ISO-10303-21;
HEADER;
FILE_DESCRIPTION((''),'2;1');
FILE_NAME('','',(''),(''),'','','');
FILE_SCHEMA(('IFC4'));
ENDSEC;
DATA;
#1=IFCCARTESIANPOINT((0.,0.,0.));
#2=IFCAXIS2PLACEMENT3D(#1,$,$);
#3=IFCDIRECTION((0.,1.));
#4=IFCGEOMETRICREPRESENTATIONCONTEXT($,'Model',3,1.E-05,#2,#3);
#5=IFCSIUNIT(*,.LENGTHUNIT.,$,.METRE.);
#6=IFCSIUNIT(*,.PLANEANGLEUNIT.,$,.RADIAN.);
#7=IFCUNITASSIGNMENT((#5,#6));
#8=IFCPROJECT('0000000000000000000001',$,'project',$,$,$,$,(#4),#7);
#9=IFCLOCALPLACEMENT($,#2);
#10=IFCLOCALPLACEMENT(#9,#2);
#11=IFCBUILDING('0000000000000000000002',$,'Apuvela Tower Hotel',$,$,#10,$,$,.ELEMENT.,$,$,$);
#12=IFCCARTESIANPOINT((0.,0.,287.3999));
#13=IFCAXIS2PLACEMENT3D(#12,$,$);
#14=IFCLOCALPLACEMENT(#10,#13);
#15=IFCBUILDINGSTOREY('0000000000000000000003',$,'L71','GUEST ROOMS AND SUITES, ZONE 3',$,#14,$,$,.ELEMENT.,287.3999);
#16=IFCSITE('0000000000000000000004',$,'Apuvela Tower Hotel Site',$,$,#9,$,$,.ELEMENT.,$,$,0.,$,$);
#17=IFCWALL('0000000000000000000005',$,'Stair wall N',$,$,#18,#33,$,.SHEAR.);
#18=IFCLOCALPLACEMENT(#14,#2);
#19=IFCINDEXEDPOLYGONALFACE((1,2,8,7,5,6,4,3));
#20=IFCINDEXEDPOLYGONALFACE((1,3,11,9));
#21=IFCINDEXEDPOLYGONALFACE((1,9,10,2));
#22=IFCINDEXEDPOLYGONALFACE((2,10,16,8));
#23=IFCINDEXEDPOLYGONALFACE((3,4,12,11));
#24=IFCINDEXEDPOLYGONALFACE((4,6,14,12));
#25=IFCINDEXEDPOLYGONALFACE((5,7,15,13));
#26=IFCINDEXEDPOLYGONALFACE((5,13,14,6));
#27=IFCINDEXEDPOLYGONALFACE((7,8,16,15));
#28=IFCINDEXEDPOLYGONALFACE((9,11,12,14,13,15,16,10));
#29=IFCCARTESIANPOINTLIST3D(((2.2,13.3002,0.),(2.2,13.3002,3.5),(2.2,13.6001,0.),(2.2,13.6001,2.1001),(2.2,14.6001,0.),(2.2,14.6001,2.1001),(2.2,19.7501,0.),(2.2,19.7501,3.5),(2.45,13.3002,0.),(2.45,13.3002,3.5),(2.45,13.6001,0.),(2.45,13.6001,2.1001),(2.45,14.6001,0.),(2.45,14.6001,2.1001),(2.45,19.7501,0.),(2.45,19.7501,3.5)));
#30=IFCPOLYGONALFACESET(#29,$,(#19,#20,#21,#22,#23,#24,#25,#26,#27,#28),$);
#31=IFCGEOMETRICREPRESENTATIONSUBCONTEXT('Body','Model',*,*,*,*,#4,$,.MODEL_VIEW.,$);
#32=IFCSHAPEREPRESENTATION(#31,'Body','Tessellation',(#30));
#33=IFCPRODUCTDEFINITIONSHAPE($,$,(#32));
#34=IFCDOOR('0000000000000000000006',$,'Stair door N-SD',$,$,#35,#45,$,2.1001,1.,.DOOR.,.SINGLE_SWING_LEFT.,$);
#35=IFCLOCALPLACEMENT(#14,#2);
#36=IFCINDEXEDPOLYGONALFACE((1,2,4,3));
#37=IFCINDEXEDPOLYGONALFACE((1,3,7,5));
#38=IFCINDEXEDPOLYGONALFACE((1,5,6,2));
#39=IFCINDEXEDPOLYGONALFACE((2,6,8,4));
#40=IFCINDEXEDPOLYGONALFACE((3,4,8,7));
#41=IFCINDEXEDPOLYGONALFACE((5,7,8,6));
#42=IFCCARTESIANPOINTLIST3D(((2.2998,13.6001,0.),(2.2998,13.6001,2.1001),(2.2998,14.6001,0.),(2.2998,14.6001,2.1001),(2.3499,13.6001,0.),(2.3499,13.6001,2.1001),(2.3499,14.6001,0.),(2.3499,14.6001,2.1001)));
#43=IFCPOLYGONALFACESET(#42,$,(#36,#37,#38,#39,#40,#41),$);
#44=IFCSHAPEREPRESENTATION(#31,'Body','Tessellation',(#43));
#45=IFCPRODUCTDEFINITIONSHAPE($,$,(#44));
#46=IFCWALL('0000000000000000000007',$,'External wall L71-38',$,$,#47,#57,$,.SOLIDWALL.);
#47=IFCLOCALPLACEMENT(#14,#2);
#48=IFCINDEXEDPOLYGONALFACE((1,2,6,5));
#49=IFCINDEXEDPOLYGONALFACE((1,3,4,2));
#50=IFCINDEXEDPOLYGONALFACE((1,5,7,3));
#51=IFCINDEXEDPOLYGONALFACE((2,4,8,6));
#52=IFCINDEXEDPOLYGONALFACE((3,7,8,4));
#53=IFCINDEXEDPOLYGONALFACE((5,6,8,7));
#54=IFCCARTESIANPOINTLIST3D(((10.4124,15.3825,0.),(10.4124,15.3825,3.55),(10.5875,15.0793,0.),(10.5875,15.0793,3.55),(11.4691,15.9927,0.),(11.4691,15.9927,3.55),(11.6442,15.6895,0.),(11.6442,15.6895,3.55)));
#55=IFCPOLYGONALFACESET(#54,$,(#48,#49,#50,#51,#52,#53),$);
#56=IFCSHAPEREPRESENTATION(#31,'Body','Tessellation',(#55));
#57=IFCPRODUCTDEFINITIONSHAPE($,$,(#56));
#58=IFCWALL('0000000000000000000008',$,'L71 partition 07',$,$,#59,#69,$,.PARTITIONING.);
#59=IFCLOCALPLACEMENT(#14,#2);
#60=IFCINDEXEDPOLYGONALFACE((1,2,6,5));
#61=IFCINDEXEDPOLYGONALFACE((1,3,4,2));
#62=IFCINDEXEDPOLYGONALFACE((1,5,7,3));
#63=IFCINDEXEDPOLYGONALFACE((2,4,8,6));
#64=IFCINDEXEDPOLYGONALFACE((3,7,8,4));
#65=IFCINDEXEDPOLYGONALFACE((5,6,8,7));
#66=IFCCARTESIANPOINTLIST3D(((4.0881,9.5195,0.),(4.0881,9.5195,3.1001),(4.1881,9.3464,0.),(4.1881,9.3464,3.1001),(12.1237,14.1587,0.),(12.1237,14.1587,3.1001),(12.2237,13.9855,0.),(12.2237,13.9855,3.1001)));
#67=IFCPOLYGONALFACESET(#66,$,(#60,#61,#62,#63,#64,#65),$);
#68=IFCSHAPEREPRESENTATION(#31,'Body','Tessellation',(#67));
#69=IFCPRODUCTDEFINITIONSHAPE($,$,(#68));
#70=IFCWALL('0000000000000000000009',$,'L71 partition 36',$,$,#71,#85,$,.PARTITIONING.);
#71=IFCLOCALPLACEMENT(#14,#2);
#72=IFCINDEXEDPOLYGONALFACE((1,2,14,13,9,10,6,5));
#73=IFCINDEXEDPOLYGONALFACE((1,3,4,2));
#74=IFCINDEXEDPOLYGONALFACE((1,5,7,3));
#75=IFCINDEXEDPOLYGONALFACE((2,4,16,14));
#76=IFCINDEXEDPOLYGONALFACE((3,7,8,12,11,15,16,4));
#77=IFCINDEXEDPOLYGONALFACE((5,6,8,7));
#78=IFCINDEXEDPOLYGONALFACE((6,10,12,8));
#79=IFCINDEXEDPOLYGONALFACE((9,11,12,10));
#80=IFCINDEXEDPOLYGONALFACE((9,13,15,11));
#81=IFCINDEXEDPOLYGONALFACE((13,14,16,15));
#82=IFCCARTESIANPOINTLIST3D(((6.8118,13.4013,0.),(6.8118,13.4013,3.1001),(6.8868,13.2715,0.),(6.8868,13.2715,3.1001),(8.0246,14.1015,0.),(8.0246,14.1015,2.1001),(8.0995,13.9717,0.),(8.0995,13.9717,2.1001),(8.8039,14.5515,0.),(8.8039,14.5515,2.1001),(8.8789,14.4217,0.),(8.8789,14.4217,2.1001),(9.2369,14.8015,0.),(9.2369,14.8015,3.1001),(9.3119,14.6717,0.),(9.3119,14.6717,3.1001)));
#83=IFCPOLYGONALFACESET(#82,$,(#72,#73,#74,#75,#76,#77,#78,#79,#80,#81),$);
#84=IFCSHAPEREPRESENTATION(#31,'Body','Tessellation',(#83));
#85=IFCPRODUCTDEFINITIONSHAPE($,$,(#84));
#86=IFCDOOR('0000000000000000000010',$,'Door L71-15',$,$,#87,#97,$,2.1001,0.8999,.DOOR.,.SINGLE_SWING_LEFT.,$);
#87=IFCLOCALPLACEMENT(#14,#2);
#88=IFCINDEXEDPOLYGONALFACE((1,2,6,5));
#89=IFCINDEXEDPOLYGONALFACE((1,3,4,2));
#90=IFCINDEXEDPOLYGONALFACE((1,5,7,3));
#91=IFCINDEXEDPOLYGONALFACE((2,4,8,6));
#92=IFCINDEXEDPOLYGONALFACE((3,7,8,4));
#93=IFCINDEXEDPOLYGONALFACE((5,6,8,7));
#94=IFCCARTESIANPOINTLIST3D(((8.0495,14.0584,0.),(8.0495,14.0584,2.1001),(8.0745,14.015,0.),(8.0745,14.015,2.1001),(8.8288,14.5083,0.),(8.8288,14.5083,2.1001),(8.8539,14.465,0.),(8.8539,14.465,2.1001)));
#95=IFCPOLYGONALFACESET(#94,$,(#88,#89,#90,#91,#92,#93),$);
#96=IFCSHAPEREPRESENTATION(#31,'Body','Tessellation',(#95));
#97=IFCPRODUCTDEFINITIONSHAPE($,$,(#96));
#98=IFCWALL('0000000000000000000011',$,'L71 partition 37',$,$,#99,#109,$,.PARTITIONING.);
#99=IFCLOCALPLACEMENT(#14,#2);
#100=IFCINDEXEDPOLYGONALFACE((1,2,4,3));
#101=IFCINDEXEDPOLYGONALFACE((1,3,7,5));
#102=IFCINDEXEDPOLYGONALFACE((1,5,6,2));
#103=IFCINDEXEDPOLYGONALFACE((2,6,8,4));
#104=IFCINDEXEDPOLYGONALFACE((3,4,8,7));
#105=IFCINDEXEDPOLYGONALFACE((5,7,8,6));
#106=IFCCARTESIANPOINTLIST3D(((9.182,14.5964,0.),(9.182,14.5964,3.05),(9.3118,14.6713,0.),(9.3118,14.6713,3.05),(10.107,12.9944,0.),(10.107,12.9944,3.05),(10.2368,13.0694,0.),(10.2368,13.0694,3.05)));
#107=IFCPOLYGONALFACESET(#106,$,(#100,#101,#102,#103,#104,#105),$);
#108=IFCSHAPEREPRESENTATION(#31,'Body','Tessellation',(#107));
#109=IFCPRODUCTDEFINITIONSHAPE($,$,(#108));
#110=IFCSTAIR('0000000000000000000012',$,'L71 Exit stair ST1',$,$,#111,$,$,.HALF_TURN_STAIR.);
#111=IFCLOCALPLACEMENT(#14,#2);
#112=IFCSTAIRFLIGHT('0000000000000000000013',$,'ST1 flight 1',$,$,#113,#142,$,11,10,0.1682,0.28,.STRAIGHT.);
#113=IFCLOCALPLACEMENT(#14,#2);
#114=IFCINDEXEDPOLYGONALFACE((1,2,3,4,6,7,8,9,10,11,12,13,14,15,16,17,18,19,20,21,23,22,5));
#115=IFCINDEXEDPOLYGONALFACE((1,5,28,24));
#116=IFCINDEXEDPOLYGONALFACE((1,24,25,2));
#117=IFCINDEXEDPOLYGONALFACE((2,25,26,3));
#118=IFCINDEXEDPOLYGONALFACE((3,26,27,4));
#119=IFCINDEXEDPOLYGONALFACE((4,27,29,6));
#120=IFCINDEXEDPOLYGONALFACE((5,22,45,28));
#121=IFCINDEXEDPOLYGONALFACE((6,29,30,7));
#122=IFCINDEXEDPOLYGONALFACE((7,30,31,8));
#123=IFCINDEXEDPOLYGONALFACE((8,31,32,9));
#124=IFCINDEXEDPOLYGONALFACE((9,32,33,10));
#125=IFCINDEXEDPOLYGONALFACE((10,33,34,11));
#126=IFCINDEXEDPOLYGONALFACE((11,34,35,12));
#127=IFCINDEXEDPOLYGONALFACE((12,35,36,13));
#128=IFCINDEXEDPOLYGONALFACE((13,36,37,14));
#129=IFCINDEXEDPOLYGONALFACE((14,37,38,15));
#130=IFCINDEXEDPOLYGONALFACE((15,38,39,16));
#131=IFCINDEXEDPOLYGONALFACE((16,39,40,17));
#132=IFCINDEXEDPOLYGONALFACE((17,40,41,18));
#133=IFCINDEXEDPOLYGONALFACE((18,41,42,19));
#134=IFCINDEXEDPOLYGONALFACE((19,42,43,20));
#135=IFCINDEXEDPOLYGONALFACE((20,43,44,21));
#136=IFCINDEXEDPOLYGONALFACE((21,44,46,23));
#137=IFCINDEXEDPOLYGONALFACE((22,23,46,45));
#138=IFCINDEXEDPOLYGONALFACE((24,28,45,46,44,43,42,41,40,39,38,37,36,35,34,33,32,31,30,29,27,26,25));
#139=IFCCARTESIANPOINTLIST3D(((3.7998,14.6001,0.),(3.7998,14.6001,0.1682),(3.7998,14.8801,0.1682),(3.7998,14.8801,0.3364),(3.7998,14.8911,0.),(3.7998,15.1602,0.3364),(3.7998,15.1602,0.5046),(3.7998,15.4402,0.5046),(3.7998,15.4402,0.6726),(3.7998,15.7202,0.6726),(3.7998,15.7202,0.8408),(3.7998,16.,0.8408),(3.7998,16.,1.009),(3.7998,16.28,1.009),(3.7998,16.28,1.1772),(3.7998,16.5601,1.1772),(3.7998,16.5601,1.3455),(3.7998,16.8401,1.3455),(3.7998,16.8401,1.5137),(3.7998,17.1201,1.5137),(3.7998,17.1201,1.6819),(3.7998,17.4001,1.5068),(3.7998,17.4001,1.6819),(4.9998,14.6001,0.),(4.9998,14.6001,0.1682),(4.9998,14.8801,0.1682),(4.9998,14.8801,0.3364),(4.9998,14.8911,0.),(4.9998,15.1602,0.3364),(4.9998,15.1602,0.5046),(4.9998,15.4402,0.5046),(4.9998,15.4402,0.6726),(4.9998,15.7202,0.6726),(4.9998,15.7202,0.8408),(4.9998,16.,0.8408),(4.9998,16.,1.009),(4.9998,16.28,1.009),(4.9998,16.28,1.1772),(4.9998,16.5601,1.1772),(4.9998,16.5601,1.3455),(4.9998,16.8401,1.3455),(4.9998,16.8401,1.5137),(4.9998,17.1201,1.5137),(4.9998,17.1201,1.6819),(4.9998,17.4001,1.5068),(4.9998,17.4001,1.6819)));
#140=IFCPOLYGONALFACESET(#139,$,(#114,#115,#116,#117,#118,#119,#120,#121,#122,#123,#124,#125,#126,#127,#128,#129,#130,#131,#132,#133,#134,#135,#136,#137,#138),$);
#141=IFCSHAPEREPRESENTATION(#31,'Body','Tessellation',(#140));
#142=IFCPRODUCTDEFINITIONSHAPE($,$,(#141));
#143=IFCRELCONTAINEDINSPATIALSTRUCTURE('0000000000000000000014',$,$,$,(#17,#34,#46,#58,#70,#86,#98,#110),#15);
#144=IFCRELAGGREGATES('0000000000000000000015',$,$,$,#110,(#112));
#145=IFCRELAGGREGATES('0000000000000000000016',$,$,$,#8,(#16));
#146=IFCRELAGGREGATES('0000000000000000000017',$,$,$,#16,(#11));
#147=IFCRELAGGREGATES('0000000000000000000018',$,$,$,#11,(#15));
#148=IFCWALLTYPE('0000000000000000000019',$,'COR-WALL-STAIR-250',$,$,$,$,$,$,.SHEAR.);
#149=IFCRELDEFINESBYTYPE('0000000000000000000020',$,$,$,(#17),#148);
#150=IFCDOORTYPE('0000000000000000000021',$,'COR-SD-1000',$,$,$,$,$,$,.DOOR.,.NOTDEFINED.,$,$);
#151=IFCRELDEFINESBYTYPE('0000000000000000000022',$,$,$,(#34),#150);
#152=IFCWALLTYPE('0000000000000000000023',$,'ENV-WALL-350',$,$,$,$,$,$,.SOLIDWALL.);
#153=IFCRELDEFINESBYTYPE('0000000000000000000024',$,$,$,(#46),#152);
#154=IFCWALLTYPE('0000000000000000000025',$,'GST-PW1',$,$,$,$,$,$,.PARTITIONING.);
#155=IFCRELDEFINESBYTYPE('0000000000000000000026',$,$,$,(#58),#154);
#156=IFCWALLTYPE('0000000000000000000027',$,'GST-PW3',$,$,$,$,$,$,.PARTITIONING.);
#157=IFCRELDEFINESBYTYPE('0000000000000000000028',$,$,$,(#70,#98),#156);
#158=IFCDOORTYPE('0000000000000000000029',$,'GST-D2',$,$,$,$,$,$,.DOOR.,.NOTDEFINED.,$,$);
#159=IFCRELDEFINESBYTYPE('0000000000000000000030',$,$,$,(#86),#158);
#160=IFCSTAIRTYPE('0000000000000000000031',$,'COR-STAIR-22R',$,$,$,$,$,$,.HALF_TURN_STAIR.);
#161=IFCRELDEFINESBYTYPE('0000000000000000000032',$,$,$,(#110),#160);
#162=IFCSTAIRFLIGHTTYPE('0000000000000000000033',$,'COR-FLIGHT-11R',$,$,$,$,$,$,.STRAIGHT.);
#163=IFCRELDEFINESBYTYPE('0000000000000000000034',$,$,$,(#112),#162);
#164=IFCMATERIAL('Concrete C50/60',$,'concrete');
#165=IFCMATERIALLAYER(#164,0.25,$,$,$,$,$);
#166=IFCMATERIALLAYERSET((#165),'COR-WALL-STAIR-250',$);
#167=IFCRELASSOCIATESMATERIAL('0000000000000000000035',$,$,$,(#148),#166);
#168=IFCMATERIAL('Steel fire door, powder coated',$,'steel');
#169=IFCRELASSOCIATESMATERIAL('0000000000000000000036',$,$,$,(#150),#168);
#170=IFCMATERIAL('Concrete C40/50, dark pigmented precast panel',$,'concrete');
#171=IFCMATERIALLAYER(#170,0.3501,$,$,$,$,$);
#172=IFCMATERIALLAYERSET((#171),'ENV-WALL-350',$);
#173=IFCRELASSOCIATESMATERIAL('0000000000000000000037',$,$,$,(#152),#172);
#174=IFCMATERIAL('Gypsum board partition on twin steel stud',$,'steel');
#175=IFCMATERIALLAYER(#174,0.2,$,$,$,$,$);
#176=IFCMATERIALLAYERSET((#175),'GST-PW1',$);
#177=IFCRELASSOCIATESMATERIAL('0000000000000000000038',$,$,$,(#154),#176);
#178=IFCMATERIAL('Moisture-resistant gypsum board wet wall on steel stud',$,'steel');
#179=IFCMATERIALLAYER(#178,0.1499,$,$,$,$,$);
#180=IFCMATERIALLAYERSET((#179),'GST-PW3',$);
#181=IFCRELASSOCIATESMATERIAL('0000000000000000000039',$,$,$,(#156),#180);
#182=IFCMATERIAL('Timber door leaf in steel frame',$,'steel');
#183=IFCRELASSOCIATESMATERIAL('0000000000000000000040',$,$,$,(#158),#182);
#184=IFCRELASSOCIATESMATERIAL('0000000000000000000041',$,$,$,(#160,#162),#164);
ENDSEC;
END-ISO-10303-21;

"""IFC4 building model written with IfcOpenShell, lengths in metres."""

from ifc_helpers import new_model, si_unit, direction, frame, frame_2d, origin, place, context, subcontext, project, spatial, polyline, rectangle, outline, extrude, material, layer, layer_set, type_object, element, fill, aggregate, save


model = new_model("IFC4")

# Units and contexts
model_context = context("Model", 3, precision=1e-05, world=origin(), true_north=direction((0.0, 1.0)))
body_context = subcontext(model_context, "Body", "Model", "MODEL_VIEW")
ifc_project = project(units=[si_unit("LENGTHUNIT", "METRE"), si_unit("PLANEANGLEUNIT", "RADIAN")], contexts=[model_context])

# Site, building, storey
site_placement = place(None, origin())
site = spatial("IfcSite", under=ifc_project, at=site_placement, Name="Apuvela Tower Hotel Site", CompositionType="ELEMENT", RefElevation=0.0)
building_placement = place(site_placement, origin())
building = spatial("IfcBuilding", under=site, at=building_placement, Name="Apuvela Tower Hotel", CompositionType="ELEMENT")
storey_placement = place(building_placement, frame((0.0, 0.0, 287.3999)))
storey = spatial("IfcBuildingStorey", under=building, at=storey_placement, Name="L71", Description="GUEST ROOMS AND SUITES, ZONE 3", CompositionType="ELEMENT", Elevation=287.3999)

# Shared definitions
ifc_material_1 = material(Name="Concrete C50/60", Category="concrete")
ifc_material_2 = material(Name="Steel fire door, powder coated", Category="steel")

# Wall, opening, door
ifc_layer_1 = layer(ifc_material_1, 0.25)
ifc_layer_set_1 = layer_set([ifc_layer_1], Name="COR-WALL-STAIR-250")
wall_type_1 = type_object("IfcWallType", Name="COR-WALL-STAIR-250", PredefinedType="SHEAR", material=ifc_layer_set_1)
wall_1_placement = place(storey_placement, frame((2.325, 13.3, 0.0), z_axis=(0.0, 0.0, 1.0), x_axis=(0.0, 1.0, 0.0)))
wall_1 = element("IfcWall", 1, at=wall_1_placement, inside=storey, type_object=wall_type_1, Name="Stair wall N", PredefinedType="SHEAR", context=body_context, shape_type="SweptSolid", body=[
    extrude(rectangle(XDim=6.45, YDim=0.25, at=frame_2d((3.2251, 0.0))), origin(), (0.0, 0.0, 1.0), 3.5),
])
opening_1_placement = place(wall_1_placement, frame((0.3, 0.0, 0.0)))
opening_1 = element("IfcOpeningElement", 2, at=opening_1_placement, cuts=wall_1, PredefinedType="OPENING", context=body_context, shape_type="SweptSolid", body=[
    extrude(rectangle(XDim=1.0, YDim=2.1001, at=frame_2d((0.5, 1.05))), frame((0.0, 0.135, 0.0), z_axis=(0.0, -1.0, 0.0), x_axis=(1.0, 0.0, 0.0)), (0.0, 0.0, 1.0), 0.27),
])
door_type_1 = type_object("IfcDoorType", Name="COR-SD-1000", OperationType="NOTDEFINED", PredefinedType="DOOR", material=ifc_material_2)
door_1_placement = place(opening_1_placement, frame((1.0, 0.0, 0.0), z_axis=(0.0, 0.0, 1.0), x_axis=(-1.0, 0.0, 0.0)))
door_1 = element("IfcDoor", 3, at=door_1_placement, inside=storey, type_object=door_type_1, Name="Stair door N-SD", OperationType="SINGLE_SWING_LEFT", OverallHeight=2.1001, OverallWidth=1.0, PredefinedType="DOOR", context=body_context, shape_type="SweptSolid", body=[
    extrude(rectangle(XDim=1.0, YDim=2.1001, at=frame_2d((0.5, 1.05))), frame((0.0, 0.0249, 0.0), z_axis=(0.0, -1.0, 0.0), x_axis=(1.0, 0.0, 0.0)), (0.0, 0.0, 1.0), 0.05),
])
fill(opening_1, door_1)

# Wall
ifc_material_3 = material(Name="Concrete C40/50, dark pigmented precast panel", Category="concrete")
ifc_layer_2 = layer(ifc_material_3, 0.3501)
ifc_layer_set_2 = layer_set([ifc_layer_2], Name="ENV-WALL-350")
wall_type_2 = type_object("IfcWallType", Name="ENV-WALL-350", PredefinedType="SOLIDWALL", material=ifc_layer_set_2)
wall_2_placement = place(storey_placement, frame((11.5566, 15.8411, 0.0), z_axis=(0.0, 0.0, 1.0), x_axis=(-0.866006, -0.500034, 0.0)))
element("IfcWall", 4, at=wall_2_placement, inside=storey, type_object=wall_type_2, Name="External wall L71-38", PredefinedType="SOLIDWALL", context=body_context, shape_type="SweptSolid", body=[
    extrude(rectangle(XDim=1.2202, YDim=0.3501, at=frame_2d((0.6101, 0.0))), origin(), (0.0, 0.0, 1.0), 3.55),
])

# Wall
ifc_material_4 = material(Name="Gypsum board partition on twin steel stud", Category="steel")
ifc_layer_3 = layer(ifc_material_4, 0.2)
ifc_layer_set_3 = layer_set([ifc_layer_3], Name="GST-PW1")
wall_type_3 = type_object("IfcWallType", Name="GST-PW1", PredefinedType="PARTITIONING", material=ifc_layer_set_3)
wall_3_placement = place(storey_placement, frame((12.1736, 14.072, 0.0), z_axis=(0.0, 0.0, 1.0), x_axis=(-0.866036, -0.499982, 0.0)))
element("IfcWall", 5, at=wall_3_placement, inside=storey, type_object=wall_type_3, Name="L71 partition 07", PredefinedType="PARTITIONING", context=body_context, shape_type="SweptSolid", body=[
    extrude(rectangle(XDim=9.2786, YDim=0.2, at=frame_2d((4.6392, 0.0))), origin(), (0.0, 0.0, 1.0), 3.1001),
])

# Wall, opening, door
ifc_material_5 = material(Name="Moisture-resistant gypsum board wet wall on steel stud", Category="steel")
ifc_layer_4 = layer(ifc_material_5, 0.1499)
ifc_layer_set_4 = layer_set([ifc_layer_4], Name="GST-PW3")
wall_type_4 = type_object("IfcWallType", Name="GST-PW3", PredefinedType="PARTITIONING", material=ifc_layer_set_4)
wall_4_placement = place(storey_placement, frame((9.2744, 14.7366, 0.0), z_axis=(0.0, 0.0, 1.0), x_axis=(-0.866019, -0.500012, 0.0)))
wall_4 = element("IfcWall", 6, at=wall_4_placement, inside=storey, type_object=wall_type_4, Name="L71 partition 36", PredefinedType="PARTITIONING", context=body_context, shape_type="SweptSolid", body=[
    extrude(rectangle(XDim=2.8003, YDim=0.1499, at=frame_2d((1.4001, 0.0))), origin(), (0.0, 0.0, 1.0), 3.1001),
])
opening_2_placement = place(wall_4_placement, frame((0.5, 0.0, 0.0)))
opening_2 = element("IfcOpeningElement", 7, at=opening_2_placement, cuts=wall_4, PredefinedType="OPENING", context=body_context, shape_type="SweptSolid", body=[
    extrude(rectangle(XDim=0.8999, YDim=2.1001, at=frame_2d((0.45, 1.05))), frame((0.0, 0.085, 0.0), z_axis=(0.0, -1.0, 0.0), x_axis=(1.0, 0.0, 0.0)), (0.0, 0.0, 1.0), 0.1699),
])
ifc_material_6 = material(Name="Timber door leaf in steel frame", Category="steel")
door_type_2 = type_object("IfcDoorType", Name="GST-D2", OperationType="NOTDEFINED", PredefinedType="DOOR", material=ifc_material_6)
door_2_placement = place(opening_2_placement, origin())
door_2 = element("IfcDoor", 8, at=door_2_placement, inside=storey, type_object=door_type_2, Name="Door L71-15", OperationType="SINGLE_SWING_LEFT", OverallHeight=2.1001, OverallWidth=0.8999, PredefinedType="DOOR", context=body_context, shape_type="SweptSolid", body=[
    extrude(rectangle(XDim=0.8999, YDim=2.1001, at=frame_2d((0.45, 1.05))), frame((0.0, 0.0249, 0.0), z_axis=(0.0, -1.0, 0.0), x_axis=(1.0, 0.0, 0.0)), (0.0, 0.0, 1.0), 0.05),
])
fill(opening_2, door_2)

# Wall
wall_5_placement = place(storey_placement, frame((10.1719, 13.032, 0.0), z_axis=(0.0, 0.0, 1.0), x_axis=(-0.500042, 0.866001, 0.0)))
element("IfcWall", 9, at=wall_5_placement, inside=storey, type_object=wall_type_4, Name="L71 partition 37", PredefinedType="PARTITIONING", context=body_context, shape_type="SweptSolid", body=[
    extrude(rectangle(XDim=1.8499, YDim=0.1499, at=frame_2d((0.9248, 0.0))), origin(), (0.0, 0.0, 1.0), 3.05),
])

# Stair, stair flight
stair_type = type_object("IfcStairType", Name="COR-STAIR-22R", PredefinedType="HALF_TURN_STAIR", material=ifc_material_1)
stair_placement = place(storey_placement, origin())
stair = element("IfcStair", 10, at=stair_placement, inside=storey, type_object=stair_type, Name="L71 Exit stair ST1", PredefinedType="HALF_TURN_STAIR")
stair_flight_type = type_object("IfcStairFlightType", Name="COR-FLIGHT-11R", PredefinedType="STRAIGHT", material=ifc_material_1)
stair_flight_placement = place(storey_placement, frame((4.3999, 14.6001, 0.0), z_axis=(0.0, 0.0, 1.0), x_axis=(0.0, 1.0, 0.0)))
stair_flight = element("IfcStairFlight", 11, at=stair_flight_placement, type_object=stair_flight_type, Name="ST1 flight 1", NumberOfRisers=11, NumberOfTreads=10, PredefinedType="STRAIGHT", RiserHeight=0.1682, TreadLength=0.28, context=body_context, shape_type="SweptSolid", body=[
    extrude(outline(polyline([(0.0, 0.0), (0.0, 0.1682), (0.28, 0.1682), (0.28, 0.3364), (0.5601, 0.3364), (0.5601, 0.5046), (0.8401, 0.5046), (0.8401, 0.6726), (1.1201, 0.6726), (1.1201, 0.8408), (1.3999, 0.8408), (1.3999, 1.009), (1.6799, 1.009), (1.6799, 1.1772), (1.96, 1.1772), (1.96, 1.3455), (2.24, 1.3455), (2.24, 1.5137), (2.52, 1.5137), (2.52, 1.6819), (2.8, 1.6819), (2.8, 1.8501), (2.8, 1.5068), (0.291, 0.0), (0.0, 0.0)])), frame((0.0, 0.6001, 0.0), z_axis=(0.0, -1.0, 0.0), x_axis=(1.0, 0.0, 0.0)), (0.0, 0.0, 1.0), 1.2),
])
aggregate(stair, [stair_flight])

save(model, "model.ifc")
